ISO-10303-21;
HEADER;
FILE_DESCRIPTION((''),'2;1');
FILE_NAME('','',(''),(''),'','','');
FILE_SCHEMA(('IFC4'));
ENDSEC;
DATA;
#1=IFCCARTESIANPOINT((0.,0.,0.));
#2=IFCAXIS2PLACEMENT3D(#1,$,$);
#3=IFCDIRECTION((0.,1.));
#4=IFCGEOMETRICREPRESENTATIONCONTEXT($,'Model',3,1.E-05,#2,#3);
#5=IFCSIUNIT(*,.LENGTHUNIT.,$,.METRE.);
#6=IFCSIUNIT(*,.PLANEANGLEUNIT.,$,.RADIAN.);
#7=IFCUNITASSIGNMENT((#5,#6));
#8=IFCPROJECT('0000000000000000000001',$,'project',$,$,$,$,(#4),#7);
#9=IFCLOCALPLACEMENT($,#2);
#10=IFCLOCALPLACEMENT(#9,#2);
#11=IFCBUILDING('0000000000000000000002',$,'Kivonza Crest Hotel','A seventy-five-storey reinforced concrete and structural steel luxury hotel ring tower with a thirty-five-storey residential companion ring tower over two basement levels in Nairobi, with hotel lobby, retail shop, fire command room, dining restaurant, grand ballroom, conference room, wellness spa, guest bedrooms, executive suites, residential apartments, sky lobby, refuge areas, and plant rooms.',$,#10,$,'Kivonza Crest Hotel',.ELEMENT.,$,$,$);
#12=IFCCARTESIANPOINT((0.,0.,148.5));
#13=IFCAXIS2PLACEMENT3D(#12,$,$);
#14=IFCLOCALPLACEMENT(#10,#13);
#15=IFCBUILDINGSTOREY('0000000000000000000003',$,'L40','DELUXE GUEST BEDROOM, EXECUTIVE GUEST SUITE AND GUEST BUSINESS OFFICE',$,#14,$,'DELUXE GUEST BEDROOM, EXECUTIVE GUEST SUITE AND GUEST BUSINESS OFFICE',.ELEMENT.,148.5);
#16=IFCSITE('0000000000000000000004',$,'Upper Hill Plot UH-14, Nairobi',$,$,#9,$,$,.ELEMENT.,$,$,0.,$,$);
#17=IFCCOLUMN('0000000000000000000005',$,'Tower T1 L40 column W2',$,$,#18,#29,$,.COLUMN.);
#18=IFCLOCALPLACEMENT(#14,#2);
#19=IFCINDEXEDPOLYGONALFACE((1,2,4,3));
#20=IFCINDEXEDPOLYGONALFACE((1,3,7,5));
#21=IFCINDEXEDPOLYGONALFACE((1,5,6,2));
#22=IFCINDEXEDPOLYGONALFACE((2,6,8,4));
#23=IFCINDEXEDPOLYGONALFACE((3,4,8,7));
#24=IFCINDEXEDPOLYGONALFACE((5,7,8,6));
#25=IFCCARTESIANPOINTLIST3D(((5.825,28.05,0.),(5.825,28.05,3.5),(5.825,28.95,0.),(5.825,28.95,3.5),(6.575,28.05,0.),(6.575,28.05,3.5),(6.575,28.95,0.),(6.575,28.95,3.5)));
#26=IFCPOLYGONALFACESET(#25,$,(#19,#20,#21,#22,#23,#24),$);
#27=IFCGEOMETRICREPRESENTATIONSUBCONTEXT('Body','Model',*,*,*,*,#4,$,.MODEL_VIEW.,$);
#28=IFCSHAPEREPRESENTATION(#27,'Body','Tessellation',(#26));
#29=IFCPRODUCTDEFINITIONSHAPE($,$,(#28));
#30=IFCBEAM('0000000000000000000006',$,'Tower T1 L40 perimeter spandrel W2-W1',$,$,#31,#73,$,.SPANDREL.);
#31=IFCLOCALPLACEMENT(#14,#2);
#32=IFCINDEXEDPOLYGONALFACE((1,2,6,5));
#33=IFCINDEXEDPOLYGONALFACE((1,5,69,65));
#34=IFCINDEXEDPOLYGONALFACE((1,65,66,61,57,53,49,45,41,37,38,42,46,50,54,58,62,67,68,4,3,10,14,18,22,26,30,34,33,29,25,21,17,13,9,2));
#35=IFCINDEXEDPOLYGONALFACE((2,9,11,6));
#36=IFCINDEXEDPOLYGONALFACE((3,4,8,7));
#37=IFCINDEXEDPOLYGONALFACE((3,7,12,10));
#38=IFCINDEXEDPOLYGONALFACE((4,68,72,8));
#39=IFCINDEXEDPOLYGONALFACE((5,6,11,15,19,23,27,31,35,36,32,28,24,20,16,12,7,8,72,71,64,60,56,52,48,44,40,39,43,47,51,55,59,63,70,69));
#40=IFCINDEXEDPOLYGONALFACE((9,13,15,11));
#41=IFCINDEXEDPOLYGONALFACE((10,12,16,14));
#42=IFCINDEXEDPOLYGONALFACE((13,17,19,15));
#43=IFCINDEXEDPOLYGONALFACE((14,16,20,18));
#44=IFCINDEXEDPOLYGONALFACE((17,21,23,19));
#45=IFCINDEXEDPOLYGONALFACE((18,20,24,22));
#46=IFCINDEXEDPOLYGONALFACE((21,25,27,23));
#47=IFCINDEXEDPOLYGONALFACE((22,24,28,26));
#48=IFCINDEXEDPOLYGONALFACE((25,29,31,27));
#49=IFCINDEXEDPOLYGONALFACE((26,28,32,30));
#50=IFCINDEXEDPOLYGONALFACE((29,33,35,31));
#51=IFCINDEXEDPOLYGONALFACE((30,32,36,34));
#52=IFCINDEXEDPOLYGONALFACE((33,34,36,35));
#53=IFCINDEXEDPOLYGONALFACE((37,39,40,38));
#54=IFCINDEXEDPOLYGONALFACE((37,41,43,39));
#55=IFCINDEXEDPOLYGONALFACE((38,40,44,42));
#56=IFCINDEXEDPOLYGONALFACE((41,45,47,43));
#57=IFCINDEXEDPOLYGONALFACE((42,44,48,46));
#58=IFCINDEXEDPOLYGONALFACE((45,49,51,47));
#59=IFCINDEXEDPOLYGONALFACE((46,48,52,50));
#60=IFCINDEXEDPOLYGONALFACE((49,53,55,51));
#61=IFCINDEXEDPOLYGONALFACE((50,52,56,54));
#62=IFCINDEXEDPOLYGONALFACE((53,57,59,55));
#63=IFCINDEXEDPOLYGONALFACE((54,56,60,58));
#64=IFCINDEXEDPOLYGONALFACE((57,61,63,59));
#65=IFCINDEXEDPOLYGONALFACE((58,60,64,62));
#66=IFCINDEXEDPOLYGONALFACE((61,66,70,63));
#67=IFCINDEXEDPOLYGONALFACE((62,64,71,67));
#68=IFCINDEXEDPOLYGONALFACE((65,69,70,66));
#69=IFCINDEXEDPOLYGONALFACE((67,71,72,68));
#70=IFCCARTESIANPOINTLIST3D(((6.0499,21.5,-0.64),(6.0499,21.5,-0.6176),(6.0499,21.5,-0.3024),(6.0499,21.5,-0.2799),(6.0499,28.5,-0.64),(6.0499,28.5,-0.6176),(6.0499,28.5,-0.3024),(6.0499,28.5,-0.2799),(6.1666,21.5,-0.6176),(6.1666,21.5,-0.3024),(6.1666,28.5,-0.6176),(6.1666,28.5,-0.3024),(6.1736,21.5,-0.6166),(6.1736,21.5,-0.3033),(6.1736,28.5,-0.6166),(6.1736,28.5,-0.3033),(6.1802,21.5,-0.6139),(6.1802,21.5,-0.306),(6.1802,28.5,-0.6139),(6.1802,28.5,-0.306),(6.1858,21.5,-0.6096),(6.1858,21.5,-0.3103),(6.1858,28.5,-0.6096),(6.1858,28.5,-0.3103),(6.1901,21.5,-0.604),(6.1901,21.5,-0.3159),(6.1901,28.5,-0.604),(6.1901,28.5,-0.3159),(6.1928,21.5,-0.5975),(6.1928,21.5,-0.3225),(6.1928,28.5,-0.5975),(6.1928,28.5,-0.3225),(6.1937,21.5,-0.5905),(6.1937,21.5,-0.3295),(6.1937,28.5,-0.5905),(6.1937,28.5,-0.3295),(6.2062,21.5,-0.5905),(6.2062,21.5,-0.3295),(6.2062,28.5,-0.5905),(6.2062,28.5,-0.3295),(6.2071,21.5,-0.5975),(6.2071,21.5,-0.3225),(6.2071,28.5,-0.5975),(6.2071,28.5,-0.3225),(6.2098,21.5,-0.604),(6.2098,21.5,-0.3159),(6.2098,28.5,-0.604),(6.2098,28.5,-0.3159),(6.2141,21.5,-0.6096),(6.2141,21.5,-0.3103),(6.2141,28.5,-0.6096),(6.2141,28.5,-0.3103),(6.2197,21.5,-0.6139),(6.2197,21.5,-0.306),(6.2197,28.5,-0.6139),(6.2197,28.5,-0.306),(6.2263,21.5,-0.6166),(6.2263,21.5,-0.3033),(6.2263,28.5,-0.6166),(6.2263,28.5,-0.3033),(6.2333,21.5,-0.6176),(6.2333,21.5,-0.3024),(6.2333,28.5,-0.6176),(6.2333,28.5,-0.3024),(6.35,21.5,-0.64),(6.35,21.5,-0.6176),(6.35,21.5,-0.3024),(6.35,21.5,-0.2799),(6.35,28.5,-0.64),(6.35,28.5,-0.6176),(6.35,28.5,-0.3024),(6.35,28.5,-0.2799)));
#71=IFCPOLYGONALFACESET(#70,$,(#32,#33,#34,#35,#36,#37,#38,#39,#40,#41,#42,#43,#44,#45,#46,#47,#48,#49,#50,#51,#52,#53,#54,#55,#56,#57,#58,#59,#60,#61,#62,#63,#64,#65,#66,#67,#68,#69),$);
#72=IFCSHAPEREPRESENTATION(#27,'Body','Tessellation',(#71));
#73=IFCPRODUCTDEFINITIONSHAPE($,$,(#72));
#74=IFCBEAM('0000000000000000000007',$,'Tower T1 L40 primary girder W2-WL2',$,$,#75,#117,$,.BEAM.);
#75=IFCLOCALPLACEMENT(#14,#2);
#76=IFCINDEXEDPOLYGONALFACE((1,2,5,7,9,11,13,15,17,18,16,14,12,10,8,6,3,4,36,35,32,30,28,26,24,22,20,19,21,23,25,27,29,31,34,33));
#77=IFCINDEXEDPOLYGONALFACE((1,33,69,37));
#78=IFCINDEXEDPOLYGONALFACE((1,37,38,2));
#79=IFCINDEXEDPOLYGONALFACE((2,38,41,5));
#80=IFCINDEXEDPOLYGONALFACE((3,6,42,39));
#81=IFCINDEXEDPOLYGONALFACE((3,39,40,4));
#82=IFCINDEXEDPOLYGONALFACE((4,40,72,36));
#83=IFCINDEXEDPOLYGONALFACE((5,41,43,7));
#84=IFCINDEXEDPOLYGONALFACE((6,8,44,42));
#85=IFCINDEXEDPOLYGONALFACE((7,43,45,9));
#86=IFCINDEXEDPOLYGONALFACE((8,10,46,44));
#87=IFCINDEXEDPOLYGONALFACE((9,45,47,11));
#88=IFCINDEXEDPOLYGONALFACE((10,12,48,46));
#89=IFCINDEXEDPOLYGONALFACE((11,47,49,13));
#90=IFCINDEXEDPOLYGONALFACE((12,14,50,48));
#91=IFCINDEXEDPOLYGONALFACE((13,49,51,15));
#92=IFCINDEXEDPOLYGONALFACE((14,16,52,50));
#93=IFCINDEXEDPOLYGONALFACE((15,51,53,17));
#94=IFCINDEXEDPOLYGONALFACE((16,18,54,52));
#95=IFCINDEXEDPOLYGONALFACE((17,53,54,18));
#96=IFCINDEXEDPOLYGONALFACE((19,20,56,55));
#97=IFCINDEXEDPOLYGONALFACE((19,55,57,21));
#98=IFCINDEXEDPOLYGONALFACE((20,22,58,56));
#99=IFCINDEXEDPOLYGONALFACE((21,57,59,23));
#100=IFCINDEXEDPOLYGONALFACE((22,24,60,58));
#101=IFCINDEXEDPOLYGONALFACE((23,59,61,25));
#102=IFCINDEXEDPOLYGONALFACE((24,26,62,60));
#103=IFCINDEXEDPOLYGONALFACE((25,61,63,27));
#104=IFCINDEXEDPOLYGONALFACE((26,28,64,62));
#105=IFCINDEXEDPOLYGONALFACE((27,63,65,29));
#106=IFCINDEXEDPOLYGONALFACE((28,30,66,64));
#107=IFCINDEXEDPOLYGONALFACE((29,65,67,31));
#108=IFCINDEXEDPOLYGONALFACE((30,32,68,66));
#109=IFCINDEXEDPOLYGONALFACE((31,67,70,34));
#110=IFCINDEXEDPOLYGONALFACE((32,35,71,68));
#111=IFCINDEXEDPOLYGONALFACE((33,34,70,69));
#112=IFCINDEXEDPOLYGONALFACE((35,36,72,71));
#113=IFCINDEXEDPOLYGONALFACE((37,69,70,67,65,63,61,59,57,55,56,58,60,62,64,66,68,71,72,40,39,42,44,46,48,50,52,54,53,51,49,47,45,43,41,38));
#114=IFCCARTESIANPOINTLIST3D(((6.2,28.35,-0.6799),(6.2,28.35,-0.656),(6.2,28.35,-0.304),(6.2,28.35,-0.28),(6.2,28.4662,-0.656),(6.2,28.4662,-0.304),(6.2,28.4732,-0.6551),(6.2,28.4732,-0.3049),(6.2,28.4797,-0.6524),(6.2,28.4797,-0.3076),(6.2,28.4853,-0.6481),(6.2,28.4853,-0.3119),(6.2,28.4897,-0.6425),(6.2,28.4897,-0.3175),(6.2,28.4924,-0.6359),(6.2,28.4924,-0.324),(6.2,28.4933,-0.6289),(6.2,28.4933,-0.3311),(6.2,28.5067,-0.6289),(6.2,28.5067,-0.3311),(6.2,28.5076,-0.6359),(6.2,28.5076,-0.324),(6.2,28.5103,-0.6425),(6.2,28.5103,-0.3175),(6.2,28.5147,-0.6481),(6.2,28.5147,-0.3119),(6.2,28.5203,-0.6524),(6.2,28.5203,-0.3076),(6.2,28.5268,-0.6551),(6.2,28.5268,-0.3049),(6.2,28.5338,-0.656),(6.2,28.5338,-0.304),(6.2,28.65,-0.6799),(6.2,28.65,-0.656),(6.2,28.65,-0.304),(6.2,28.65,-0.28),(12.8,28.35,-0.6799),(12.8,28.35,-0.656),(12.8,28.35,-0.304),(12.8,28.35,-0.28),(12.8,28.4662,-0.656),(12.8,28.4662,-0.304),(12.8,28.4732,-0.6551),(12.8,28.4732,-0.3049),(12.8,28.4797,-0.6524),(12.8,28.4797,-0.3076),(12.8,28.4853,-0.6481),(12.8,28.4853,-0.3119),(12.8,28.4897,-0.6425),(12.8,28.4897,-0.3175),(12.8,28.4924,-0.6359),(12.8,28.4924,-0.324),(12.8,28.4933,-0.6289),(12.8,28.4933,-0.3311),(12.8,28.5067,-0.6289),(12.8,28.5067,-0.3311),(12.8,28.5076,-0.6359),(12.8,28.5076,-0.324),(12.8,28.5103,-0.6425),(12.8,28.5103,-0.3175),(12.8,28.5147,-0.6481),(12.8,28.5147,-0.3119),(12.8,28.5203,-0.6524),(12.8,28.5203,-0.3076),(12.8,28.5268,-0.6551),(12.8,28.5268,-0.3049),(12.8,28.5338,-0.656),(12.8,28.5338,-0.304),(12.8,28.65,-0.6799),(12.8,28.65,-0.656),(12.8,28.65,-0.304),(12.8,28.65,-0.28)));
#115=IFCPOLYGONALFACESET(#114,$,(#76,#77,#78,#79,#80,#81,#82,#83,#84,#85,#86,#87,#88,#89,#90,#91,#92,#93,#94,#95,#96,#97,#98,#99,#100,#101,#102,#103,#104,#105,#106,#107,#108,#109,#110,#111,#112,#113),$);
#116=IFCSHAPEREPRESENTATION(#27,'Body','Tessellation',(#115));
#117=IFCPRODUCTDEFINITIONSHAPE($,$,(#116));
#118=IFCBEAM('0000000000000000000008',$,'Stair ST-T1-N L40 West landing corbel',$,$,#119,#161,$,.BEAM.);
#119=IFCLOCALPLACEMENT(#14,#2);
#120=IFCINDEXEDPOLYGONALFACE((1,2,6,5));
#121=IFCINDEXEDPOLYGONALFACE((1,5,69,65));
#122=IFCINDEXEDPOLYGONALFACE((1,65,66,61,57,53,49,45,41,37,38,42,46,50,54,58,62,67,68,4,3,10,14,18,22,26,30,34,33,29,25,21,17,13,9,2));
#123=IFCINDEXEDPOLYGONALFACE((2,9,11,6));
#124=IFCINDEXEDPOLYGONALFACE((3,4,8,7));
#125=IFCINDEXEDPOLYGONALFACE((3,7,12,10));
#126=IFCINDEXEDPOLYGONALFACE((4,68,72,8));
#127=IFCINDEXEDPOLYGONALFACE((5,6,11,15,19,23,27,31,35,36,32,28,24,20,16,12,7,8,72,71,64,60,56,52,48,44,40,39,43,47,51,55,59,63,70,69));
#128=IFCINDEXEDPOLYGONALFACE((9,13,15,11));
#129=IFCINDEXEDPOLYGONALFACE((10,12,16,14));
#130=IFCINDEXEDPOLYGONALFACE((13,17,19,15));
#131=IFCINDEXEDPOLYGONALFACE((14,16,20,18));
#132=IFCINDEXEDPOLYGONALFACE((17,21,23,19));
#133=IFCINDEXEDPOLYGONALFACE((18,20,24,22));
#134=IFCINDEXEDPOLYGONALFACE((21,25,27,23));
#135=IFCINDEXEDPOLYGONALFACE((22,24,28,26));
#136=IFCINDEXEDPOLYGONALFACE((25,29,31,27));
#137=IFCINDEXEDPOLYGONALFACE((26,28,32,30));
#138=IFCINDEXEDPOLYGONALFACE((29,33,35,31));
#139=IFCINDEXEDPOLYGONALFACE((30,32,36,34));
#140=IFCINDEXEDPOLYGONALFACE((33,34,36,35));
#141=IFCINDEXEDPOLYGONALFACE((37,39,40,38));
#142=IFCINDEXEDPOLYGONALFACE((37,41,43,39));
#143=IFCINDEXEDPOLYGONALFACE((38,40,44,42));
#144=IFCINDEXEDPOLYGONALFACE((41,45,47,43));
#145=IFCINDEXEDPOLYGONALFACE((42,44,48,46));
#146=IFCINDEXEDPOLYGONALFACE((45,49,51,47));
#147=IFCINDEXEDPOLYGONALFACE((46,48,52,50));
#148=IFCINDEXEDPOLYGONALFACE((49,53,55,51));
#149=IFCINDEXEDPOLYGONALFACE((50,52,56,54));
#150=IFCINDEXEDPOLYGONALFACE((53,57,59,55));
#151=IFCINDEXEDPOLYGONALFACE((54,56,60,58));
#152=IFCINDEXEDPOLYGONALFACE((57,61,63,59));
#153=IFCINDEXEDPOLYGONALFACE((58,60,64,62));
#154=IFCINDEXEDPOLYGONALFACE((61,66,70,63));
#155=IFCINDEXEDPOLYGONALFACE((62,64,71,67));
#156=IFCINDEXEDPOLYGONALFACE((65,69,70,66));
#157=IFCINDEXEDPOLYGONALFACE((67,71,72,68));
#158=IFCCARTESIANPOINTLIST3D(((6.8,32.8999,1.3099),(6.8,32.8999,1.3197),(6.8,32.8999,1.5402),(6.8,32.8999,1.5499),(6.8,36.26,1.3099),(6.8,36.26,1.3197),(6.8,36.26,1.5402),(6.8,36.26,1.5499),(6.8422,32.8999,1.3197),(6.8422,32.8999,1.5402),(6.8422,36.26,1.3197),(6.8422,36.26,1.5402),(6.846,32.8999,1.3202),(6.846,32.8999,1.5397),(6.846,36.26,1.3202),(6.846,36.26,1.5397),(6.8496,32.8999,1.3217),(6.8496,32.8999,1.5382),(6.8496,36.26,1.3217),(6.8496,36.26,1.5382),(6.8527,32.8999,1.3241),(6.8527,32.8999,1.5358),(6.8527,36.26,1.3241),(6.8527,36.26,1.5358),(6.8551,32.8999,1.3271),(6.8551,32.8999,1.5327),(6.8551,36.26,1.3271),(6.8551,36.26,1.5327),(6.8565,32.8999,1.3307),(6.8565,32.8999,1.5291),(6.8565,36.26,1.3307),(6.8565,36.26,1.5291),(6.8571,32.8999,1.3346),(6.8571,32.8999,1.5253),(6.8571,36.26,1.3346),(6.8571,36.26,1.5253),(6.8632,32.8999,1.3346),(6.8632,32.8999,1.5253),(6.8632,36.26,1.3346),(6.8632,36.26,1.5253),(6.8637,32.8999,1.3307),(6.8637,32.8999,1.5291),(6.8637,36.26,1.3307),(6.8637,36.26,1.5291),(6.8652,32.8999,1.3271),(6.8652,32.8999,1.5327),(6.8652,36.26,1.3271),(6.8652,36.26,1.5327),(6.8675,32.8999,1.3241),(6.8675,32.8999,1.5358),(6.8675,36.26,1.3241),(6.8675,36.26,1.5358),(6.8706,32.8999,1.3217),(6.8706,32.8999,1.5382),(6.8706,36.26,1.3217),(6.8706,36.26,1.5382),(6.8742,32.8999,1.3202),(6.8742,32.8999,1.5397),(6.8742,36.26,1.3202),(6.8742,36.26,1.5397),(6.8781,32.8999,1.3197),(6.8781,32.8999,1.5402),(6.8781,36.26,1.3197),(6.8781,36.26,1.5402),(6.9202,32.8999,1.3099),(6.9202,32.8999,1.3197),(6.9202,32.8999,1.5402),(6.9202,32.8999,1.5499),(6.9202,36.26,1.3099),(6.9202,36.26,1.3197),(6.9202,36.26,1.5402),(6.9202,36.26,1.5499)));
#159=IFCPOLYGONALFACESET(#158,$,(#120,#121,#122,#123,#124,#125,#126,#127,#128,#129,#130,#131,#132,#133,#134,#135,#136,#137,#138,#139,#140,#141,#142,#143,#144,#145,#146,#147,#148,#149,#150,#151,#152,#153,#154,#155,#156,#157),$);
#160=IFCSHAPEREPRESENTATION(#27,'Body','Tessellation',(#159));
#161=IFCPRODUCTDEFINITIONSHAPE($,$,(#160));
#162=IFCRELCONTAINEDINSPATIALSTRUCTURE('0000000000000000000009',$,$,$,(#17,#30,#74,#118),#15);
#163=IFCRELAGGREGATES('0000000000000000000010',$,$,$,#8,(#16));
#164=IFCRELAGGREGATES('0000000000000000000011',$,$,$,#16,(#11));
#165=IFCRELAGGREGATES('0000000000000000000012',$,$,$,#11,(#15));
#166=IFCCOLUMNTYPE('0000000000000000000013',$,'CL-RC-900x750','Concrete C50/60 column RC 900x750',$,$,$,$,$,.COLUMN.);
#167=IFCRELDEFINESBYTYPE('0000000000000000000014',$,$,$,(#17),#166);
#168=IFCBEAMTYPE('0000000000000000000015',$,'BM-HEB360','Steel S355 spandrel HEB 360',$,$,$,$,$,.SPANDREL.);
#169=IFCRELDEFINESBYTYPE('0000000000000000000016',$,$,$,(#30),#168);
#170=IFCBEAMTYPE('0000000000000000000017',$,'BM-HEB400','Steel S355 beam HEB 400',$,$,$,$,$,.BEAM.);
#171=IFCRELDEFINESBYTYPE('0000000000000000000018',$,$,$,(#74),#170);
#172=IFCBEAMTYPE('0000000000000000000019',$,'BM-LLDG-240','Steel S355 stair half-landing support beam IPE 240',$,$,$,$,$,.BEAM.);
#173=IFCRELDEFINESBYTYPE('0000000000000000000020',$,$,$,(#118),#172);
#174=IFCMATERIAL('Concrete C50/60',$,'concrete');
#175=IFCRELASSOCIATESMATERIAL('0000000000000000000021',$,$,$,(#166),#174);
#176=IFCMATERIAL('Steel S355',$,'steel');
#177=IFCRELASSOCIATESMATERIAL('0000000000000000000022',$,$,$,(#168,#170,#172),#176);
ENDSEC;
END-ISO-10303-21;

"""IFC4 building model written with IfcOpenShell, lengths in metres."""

from ifc_helpers import new_model, si_unit, direction, frame, origin, origin_2d, place, context, subcontext, project, spatial, rectangle, i_section, extrude, material, material_profile, profile_set, type_object, element, save


model = new_model("IFC4")

# Units and contexts
model_context = context("Model", 3, precision=1e-05, world=origin(), true_north=direction((0.0, 1.0)))
body_context = subcontext(model_context, "Body", "Model", "MODEL_VIEW")
ifc_project = project(units=[si_unit("LENGTHUNIT", "METRE"), si_unit("PLANEANGLEUNIT", "RADIAN")], contexts=[model_context])

# Site, building, storey
site_placement = place(None, origin())
site = spatial("IfcSite", under=ifc_project, at=site_placement, Name="Upper Hill Plot UH-14, Nairobi", CompositionType="ELEMENT", RefElevation=0.0)
building_placement = place(site_placement, origin())
building = spatial("IfcBuilding", under=site, at=building_placement, Name="Kivonza Crest Hotel", Description="A seventy-five-storey reinforced concrete and structural steel luxury hotel ring tower with a thirty-five-storey residential companion ring tower over two basement levels in Nairobi, with hotel lobby, retail shop, fire command room, dining restaurant, grand ballroom, conference room, wellness spa, guest bedrooms, executive suites, residential apartments, sky lobby, refuge areas, and plant rooms.", LongName="Kivonza Crest Hotel", CompositionType="ELEMENT")
storey_placement = place(building_placement, frame((0.0, 0.0, 148.5)))
storey = spatial("IfcBuildingStorey", under=building, at=storey_placement, Name="L40", Description="DELUXE GUEST BEDROOM, EXECUTIVE GUEST SUITE AND GUEST BUSINESS OFFICE", LongName="DELUXE GUEST BEDROOM, EXECUTIVE GUEST SUITE AND GUEST BUSINESS OFFICE", CompositionType="ELEMENT", Elevation=148.5)

# Column
ifc_material_1 = material(Name="Concrete C50/60", Category="concrete")
ifc_material_profile_1 = material_profile(ifc_material_1, rectangle(XDim=0.75, YDim=0.8999, at=origin_2d()), Name="RC 900x750")
ifc_profile_set_1 = profile_set([ifc_material_profile_1], Name="Concrete C50/60")
column_type = type_object("IfcColumnType", Name="CL-RC-900x750", Description="Concrete C50/60 column RC 900x750", PredefinedType="COLUMN", material=ifc_profile_set_1)
column_placement = place(storey_placement, frame((6.2, 28.5, 0.0), z_axis=(0.0, 0.0, 1.0), x_axis=(1.0, 0.0, 0.0)))
element("IfcColumn", 1, at=column_placement, inside=storey, type_object=column_type, Name="Tower T1 L40 column W2", PredefinedType="COLUMN", context=body_context, shape_type="SweptSolid", body=[
    extrude(rectangle(XDim=0.75, YDim=0.8999, at=origin_2d()), origin(), (0.0, 0.0, 1.0), 3.5),
])

# Beams
ifc_material_2 = material(Name="Steel S355", Category="steel")
ifc_material_profile_2 = material_profile(ifc_material_2, i_section(OverallWidth=0.3, OverallDepth=0.3601, WebThickness=0.0125, FlangeThickness=0.0225, FilletRadius=0.0271, at=origin_2d()), Name="HEB 360")
ifc_profile_set_2 = profile_set([ifc_material_profile_2], Name="Steel S355")
beam_type_1 = type_object("IfcBeamType", Name="BM-HEB360", Description="Steel S355 spandrel HEB 360", PredefinedType="SPANDREL", material=ifc_profile_set_2)
beam_1_placement = place(storey_placement, frame((6.2, 28.5, -0.46), z_axis=(0.0, -1.0, 0.0), x_axis=(1.0, 0.0, 0.0)))
element("IfcBeam", 2, at=beam_1_placement, inside=storey, type_object=beam_type_1, Name="Tower T1 L40 perimeter spandrel W2-W1", PredefinedType="SPANDREL", context=body_context, shape_type="SweptSolid", body=[
    extrude(i_section(OverallWidth=0.3, OverallDepth=0.3601, WebThickness=0.0125, FlangeThickness=0.0225, FilletRadius=0.0271, at=origin_2d()), origin(), (0.0, 0.0, 1.0), 7.0),
])
ifc_material_profile_3 = material_profile(ifc_material_2, i_section(OverallWidth=0.3, OverallDepth=0.3999, WebThickness=0.0134, FlangeThickness=0.0239, FilletRadius=0.0271, at=origin_2d()), Name="HEB 400")
ifc_profile_set_3 = profile_set([ifc_material_profile_3], Name="Steel S355")
beam_type_2 = type_object("IfcBeamType", Name="BM-HEB400", Description="Steel S355 beam HEB 400", PredefinedType="BEAM", material=ifc_profile_set_3)
beam_2_placement = place(storey_placement, frame((6.2, 28.5, -0.48), z_axis=(1.0, 0.0, 0.0), x_axis=(0.0, 1.0, 0.0)))
element("IfcBeam", 3, at=beam_2_placement, inside=storey, type_object=beam_type_2, Name="Tower T1 L40 primary girder W2-WL2", PredefinedType="BEAM", context=body_context, shape_type="SweptSolid", body=[
    extrude(i_section(OverallWidth=0.3, OverallDepth=0.3999, WebThickness=0.0134, FlangeThickness=0.0239, FilletRadius=0.0271, at=origin_2d()), origin(), (0.0, 0.0, 1.0), 6.6001),
])
ifc_material_profile_4 = material_profile(ifc_material_2, i_section(OverallWidth=0.1201, OverallDepth=0.24, WebThickness=0.0061, FlangeThickness=0.0098, FilletRadius=0.0149, at=origin_2d()), Name="IPE 240")
ifc_profile_set_4 = profile_set([ifc_material_profile_4], Name="Steel S355")
beam_type_3 = type_object("IfcBeamType", Name="BM-LLDG-240", Description="Steel S355 stair half-landing support beam IPE 240", PredefinedType="BEAM", material=ifc_profile_set_4)
beam_3_placement = place(storey_placement, frame((6.8601, 32.8999, 1.4299), z_axis=(0.0, 1.0, 0.0), x_axis=(-1.0, 0.0, 0.0)))
element("IfcBeam", 4, at=beam_3_placement, inside=storey, type_object=beam_type_3, Name="Stair ST-T1-N L40 West landing corbel", PredefinedType="BEAM", context=body_context, shape_type="SweptSolid", body=[
    extrude(i_section(OverallWidth=0.1201, OverallDepth=0.24, WebThickness=0.0061, FlangeThickness=0.0098, FilletRadius=0.0149, at=origin_2d()), origin(), (0.0, 0.0, 1.0), 3.3601),
])

save(model, "model.ifc")
